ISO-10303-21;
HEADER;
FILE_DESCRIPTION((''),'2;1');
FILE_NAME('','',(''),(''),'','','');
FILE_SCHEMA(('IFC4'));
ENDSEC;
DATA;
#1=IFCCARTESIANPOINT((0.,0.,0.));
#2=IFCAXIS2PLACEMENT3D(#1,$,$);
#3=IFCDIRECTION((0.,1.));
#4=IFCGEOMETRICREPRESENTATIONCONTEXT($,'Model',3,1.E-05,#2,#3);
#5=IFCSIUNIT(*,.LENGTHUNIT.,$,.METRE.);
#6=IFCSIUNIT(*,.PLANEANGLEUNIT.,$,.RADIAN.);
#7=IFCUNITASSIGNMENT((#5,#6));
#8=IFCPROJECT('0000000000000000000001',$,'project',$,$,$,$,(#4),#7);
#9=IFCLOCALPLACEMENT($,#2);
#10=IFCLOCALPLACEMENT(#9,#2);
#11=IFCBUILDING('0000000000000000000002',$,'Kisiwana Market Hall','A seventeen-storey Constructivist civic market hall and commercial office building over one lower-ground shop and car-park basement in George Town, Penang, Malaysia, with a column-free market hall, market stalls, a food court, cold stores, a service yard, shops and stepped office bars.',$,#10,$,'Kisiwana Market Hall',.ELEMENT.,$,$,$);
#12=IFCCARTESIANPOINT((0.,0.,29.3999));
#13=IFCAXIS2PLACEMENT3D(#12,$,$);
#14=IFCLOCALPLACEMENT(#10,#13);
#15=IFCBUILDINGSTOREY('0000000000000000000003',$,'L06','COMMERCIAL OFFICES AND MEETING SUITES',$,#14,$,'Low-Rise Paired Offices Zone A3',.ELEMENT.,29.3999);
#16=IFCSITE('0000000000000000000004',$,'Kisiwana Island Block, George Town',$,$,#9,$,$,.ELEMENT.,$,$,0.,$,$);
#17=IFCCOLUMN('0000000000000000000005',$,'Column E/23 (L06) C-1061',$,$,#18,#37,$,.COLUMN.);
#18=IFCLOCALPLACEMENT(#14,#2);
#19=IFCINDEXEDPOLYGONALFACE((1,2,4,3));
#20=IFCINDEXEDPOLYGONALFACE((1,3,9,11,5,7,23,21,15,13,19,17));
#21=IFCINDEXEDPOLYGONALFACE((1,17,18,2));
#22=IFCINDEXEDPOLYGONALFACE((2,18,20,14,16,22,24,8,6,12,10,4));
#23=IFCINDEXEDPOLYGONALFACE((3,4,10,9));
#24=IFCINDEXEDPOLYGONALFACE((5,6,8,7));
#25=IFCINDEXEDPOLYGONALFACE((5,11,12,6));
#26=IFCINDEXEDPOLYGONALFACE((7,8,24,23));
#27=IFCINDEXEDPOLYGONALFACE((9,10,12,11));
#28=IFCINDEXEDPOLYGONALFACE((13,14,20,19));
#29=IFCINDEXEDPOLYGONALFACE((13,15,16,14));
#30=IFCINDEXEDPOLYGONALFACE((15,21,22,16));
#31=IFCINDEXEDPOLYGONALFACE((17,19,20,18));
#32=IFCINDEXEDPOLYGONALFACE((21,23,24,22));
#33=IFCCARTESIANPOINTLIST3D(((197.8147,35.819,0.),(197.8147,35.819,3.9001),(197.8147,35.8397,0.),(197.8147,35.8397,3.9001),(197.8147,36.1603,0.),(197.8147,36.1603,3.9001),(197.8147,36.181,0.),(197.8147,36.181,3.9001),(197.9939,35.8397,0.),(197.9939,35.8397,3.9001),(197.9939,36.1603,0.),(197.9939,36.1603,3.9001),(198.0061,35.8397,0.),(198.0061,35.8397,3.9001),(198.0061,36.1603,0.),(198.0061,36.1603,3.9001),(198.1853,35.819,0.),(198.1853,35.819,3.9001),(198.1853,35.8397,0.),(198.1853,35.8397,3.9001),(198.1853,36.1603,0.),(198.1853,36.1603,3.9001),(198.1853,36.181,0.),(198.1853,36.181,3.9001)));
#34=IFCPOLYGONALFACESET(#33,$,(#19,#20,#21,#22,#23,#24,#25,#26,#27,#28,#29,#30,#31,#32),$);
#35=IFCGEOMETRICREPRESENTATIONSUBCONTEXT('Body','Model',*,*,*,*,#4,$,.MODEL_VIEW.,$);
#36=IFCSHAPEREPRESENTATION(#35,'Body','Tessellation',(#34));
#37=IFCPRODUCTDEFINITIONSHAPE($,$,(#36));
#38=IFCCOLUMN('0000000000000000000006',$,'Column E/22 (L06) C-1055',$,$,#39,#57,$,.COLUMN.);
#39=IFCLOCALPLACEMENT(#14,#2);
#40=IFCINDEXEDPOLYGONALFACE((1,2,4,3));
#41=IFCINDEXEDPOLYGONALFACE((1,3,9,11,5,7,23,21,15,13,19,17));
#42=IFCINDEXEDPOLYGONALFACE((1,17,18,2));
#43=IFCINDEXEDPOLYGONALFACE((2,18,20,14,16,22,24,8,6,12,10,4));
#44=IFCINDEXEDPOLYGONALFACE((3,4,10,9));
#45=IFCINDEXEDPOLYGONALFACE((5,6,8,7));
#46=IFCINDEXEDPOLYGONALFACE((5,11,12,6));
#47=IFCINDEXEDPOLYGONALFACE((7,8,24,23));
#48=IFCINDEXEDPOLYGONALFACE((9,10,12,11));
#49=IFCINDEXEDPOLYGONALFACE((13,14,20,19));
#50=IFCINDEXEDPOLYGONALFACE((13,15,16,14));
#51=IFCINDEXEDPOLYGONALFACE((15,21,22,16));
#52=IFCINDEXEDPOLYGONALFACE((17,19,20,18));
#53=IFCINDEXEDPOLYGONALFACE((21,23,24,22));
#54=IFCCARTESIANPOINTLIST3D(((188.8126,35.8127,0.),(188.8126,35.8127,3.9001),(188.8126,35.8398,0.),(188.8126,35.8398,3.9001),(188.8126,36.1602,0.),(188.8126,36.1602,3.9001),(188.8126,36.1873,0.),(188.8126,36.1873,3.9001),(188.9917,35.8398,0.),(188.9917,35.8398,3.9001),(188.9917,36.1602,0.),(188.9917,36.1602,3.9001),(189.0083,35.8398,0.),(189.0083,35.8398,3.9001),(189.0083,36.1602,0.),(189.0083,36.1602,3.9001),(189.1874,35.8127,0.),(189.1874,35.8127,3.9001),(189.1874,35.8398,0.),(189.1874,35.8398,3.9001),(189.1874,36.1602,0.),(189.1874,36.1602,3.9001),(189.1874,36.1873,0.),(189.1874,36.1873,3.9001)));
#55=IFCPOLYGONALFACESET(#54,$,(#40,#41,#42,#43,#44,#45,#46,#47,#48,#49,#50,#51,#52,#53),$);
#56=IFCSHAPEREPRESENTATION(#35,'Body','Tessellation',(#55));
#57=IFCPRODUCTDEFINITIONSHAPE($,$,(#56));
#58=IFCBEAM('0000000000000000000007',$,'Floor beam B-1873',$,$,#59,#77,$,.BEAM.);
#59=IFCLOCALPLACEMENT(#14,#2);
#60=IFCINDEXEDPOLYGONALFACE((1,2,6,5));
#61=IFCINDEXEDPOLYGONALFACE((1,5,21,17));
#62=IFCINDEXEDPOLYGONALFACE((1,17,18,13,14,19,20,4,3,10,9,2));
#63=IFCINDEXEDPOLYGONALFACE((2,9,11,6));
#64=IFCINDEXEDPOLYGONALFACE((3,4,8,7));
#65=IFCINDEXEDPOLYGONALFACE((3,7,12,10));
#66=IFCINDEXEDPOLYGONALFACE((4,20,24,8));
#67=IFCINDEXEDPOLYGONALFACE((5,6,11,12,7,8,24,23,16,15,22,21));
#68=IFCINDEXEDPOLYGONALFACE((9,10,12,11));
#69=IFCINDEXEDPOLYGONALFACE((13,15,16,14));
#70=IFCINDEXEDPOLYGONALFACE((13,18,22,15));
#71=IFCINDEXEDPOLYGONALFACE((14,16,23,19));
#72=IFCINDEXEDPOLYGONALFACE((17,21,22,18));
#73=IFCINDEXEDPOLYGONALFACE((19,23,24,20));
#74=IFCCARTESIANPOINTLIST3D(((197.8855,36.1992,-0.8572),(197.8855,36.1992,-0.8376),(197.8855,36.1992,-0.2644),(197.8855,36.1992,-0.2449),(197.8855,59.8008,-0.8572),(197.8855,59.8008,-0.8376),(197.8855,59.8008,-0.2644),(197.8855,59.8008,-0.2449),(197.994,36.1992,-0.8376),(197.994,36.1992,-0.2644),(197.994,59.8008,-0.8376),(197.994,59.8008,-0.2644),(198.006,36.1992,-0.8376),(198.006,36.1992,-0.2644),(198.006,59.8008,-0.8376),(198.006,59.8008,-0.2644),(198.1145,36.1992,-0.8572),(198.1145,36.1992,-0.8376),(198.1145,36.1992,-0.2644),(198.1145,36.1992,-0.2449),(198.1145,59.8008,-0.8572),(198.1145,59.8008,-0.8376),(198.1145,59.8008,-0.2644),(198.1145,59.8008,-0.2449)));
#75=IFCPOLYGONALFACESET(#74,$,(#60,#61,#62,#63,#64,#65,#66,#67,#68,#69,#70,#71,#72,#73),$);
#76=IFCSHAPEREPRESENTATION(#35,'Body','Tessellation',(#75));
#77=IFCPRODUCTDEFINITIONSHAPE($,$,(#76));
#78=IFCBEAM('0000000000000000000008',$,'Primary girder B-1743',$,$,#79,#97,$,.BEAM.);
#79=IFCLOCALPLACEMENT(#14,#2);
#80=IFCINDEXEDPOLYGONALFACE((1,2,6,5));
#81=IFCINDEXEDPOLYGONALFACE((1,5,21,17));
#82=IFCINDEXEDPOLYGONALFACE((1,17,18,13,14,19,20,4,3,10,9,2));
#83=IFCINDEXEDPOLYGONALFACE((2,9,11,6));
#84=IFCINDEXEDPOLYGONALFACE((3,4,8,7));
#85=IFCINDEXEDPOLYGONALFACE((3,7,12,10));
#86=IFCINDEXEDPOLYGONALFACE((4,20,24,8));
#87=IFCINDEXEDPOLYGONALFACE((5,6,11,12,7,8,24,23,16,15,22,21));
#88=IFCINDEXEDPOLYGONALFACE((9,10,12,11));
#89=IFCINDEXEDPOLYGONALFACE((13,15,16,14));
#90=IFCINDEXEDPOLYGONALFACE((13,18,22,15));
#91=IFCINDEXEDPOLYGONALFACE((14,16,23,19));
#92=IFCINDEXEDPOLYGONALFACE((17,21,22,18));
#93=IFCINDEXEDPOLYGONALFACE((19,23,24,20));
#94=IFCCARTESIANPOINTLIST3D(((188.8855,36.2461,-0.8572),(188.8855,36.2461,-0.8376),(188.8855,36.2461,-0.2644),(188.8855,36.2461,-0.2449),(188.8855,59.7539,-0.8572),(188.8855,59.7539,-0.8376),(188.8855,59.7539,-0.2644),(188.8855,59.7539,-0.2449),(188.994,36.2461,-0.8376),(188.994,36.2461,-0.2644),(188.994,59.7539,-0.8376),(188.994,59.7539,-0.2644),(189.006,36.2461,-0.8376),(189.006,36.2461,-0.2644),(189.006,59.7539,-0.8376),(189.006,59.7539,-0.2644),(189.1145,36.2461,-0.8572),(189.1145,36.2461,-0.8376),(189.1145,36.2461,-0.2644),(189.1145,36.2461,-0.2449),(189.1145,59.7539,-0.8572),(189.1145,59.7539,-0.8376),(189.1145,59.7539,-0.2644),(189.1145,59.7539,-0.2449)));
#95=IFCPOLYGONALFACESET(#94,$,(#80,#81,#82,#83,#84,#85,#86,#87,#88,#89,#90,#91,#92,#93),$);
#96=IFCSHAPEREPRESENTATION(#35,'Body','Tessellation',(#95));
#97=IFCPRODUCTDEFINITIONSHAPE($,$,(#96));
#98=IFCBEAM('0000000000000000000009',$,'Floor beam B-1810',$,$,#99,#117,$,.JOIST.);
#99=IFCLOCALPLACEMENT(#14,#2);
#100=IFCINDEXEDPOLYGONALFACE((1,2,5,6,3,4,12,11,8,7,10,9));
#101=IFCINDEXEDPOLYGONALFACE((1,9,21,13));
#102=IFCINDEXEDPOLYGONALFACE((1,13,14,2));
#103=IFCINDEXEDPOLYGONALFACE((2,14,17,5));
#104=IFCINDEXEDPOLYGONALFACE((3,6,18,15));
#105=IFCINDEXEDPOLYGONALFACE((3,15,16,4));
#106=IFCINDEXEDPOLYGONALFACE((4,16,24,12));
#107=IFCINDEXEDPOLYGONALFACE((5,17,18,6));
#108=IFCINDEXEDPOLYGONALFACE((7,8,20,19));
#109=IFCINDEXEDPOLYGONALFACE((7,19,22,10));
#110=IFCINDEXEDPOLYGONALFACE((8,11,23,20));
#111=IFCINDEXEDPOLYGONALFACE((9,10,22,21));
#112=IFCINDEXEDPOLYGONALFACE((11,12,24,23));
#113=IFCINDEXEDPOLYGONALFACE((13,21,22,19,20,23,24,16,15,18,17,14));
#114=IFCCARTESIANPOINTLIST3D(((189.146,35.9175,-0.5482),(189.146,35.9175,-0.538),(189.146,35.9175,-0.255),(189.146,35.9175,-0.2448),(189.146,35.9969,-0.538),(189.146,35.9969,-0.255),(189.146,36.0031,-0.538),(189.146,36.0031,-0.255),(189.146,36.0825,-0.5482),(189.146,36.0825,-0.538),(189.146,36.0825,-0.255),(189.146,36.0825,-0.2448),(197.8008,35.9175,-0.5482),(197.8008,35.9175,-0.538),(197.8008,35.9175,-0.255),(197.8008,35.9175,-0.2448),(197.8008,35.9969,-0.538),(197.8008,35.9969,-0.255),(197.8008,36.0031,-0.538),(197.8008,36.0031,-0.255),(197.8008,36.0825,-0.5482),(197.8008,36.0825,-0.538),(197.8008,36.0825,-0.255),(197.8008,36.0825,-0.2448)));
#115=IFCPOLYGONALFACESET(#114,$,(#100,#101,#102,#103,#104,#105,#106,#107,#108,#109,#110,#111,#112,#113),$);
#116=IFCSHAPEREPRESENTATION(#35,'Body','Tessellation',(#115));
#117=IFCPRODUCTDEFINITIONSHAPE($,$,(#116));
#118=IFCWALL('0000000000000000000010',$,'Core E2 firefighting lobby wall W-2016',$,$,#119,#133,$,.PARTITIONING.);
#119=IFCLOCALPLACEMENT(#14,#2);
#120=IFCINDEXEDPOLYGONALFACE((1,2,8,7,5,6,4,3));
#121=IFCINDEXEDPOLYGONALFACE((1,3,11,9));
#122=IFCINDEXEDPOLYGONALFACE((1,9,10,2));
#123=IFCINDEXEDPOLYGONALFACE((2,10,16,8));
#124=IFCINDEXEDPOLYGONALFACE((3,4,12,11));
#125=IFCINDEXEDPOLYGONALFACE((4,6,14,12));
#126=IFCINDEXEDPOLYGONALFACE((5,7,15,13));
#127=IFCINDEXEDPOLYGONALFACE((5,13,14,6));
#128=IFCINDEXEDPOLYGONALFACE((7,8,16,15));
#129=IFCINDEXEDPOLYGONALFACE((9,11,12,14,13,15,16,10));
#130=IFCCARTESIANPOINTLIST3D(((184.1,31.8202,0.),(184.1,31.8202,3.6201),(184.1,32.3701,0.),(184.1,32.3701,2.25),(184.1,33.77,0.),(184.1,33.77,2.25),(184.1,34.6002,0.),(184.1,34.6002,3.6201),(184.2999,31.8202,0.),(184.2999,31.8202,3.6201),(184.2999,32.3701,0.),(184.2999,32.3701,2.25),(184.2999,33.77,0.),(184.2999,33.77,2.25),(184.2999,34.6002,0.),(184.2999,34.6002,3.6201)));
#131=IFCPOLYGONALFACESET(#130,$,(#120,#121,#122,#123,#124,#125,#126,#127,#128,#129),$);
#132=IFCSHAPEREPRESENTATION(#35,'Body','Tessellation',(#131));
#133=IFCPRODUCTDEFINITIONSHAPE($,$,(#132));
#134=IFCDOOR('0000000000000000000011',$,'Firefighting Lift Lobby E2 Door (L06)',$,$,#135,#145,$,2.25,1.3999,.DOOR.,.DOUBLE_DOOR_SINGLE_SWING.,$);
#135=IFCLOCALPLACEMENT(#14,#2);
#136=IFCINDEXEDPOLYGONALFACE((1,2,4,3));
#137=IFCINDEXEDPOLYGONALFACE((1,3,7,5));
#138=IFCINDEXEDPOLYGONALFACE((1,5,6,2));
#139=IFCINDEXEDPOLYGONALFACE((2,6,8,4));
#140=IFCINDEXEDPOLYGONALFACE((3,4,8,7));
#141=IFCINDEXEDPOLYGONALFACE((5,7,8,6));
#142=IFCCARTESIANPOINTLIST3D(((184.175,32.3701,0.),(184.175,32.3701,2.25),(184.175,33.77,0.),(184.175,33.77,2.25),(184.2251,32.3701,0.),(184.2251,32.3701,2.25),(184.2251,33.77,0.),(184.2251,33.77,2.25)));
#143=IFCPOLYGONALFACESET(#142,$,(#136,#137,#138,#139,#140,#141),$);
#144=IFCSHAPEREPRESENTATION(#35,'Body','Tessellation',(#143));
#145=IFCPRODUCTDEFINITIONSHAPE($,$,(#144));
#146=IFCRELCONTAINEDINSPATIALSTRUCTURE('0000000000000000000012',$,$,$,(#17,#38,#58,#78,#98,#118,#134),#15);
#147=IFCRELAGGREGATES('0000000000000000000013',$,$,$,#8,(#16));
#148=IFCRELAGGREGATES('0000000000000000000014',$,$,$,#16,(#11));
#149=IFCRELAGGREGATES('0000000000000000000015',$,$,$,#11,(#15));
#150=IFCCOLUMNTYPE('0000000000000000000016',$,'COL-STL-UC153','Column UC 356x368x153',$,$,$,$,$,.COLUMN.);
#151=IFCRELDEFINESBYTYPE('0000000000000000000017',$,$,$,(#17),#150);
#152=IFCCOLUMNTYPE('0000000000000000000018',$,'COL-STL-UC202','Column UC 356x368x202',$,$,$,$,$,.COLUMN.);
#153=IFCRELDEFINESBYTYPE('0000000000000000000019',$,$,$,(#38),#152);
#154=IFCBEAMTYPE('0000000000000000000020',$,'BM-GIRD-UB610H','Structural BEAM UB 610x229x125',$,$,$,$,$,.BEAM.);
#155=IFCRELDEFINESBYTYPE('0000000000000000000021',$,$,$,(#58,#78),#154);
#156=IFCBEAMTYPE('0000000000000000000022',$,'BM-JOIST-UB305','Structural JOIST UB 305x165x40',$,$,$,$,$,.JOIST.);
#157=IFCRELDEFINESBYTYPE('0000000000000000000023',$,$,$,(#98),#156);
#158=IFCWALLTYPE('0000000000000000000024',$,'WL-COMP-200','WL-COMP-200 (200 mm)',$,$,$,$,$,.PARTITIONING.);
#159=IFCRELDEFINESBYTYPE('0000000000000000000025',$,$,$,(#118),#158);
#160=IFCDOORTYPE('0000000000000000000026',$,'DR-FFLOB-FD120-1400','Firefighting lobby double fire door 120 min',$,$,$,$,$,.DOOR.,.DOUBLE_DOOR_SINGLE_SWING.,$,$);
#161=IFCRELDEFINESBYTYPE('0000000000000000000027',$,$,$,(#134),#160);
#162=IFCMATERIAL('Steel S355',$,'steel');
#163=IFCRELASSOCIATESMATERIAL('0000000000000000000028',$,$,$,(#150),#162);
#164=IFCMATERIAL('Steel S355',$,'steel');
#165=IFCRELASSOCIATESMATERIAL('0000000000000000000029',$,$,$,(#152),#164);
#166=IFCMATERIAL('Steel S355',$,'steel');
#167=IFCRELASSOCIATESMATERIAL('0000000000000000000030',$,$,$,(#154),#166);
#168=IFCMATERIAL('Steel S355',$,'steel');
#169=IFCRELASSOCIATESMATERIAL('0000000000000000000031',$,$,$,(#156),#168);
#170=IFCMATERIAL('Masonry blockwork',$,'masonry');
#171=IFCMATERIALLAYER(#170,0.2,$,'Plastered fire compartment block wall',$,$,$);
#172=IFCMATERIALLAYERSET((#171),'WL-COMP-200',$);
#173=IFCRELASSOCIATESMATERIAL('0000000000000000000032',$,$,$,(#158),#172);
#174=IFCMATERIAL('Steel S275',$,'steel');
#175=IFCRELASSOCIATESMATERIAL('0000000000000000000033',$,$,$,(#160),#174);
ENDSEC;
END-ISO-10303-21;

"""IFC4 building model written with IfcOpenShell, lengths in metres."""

from ifc_helpers import new_model, si_unit, direction, frame, frame_2d, origin, origin_2d, place, context, subcontext, project, spatial, rectangle, i_section, extrude, material, layer, layer_set, material_profile, profile_set, type_object, element, fill, save


model = new_model("IFC4")

# Units and contexts
model_context = context("Model", 3, precision=1e-05, world=origin(), true_north=direction((0.0, 1.0)))
body_context = subcontext(model_context, "Body", "Model", "MODEL_VIEW")
ifc_project = project(units=[si_unit("LENGTHUNIT", "METRE"), si_unit("PLANEANGLEUNIT", "RADIAN")], contexts=[model_context])

# Site, building, storey
site_placement = place(None, origin())
site = spatial("IfcSite", under=ifc_project, at=site_placement, Name="Kisiwana Island Block, George Town", CompositionType="ELEMENT", RefElevation=0.0)
building_placement = place(site_placement, origin())
building = spatial("IfcBuilding", under=site, at=building_placement, Name="Kisiwana Market Hall", Description="A seventeen-storey Constructivist civic market hall and commercial office building over one lower-ground shop and car-park basement in George Town, Penang, Malaysia, with a column-free market hall, market stalls, a food court, cold stores, a service yard, shops and stepped office bars.", LongName="Kisiwana Market Hall", CompositionType="ELEMENT")
storey_placement = place(building_placement, frame((0.0, 0.0, 29.3999)))
storey = spatial("IfcBuildingStorey", under=building, at=storey_placement, Name="L06", Description="COMMERCIAL OFFICES AND MEETING SUITES", LongName="Low-Rise Paired Offices Zone A3", CompositionType="ELEMENT", Elevation=29.3999)

# Columns
ifc_material_1 = material(Name="Steel S355", Category="steel")
ifc_material_profile_1 = material_profile(ifc_material_1, i_section(OverallWidth=0.3706, OverallDepth=0.3621, WebThickness=0.0122, FlangeThickness=0.0208, at=origin_2d()), Name="UC 356x368x153")
ifc_profile_set_1 = profile_set([ifc_material_profile_1], Name="Steel S355")
column_type_1 = type_object("IfcColumnType", Name="COL-STL-UC153", Description="Column UC 356x368x153", PredefinedType="COLUMN", material=ifc_profile_set_1)
column_1_placement = place(storey_placement, frame((198.0, 36.0, 0.0), z_axis=(0.0, 0.0, 1.0), x_axis=(1.0, 0.0, 0.0)))
element("IfcColumn", 1, at=column_1_placement, inside=storey, type_object=column_type_1, Name="Column E/23 (L06) C-1061", PredefinedType="COLUMN", context=body_context, shape_type="SweptSolid", body=[
    extrude(i_section(OverallWidth=0.3706, OverallDepth=0.3621, WebThickness=0.0122, FlangeThickness=0.0208, at=origin_2d()), origin(), (0.0, 0.0, 1.0), 3.9001),
])
ifc_material_2 = material(Name="Steel S355", Category="steel")
ifc_material_profile_2 = material_profile(ifc_material_2, i_section(OverallWidth=0.3748, OverallDepth=0.3745, WebThickness=0.0166, FlangeThickness=0.0271, at=origin_2d()), Name="UC 356x368x202")
ifc_profile_set_2 = profile_set([ifc_material_profile_2], Name="Steel S355")
column_type_2 = type_object("IfcColumnType", Name="COL-STL-UC202", Description="Column UC 356x368x202", PredefinedType="COLUMN", material=ifc_profile_set_2)
column_2_placement = place(storey_placement, frame((189.0, 36.0, 0.0), z_axis=(0.0, 0.0, 1.0), x_axis=(1.0, 0.0, 0.0)))
element("IfcColumn", 2, at=column_2_placement, inside=storey, type_object=column_type_2, Name="Column E/22 (L06) C-1055", PredefinedType="COLUMN", context=body_context, shape_type="SweptSolid", body=[
    extrude(i_section(OverallWidth=0.3748, OverallDepth=0.3745, WebThickness=0.0166, FlangeThickness=0.0271, at=origin_2d()), origin(), (0.0, 0.0, 1.0), 3.9001),
])

# Beams
ifc_material_3 = material(Name="Steel S355", Category="steel")
ifc_material_profile_3 = material_profile(ifc_material_3, i_section(OverallWidth=0.229, OverallDepth=0.6123, WebThickness=0.012, FlangeThickness=0.0195, at=origin_2d()), Name="UB 610x229x125")
ifc_profile_set_3 = profile_set([ifc_material_profile_3], Name="Steel S355")
beam_type_1 = type_object("IfcBeamType", Name="BM-GIRD-UB610H", Description="Structural BEAM UB 610x229x125", PredefinedType="BEAM", material=ifc_profile_set_3)
beam_1_placement = place(storey_placement, frame((198.0, 36.1992, -0.551), z_axis=(0.0, 1.0, 0.0), x_axis=(-1.0, 0.0, 0.0)))
element("IfcBeam", 3, at=beam_1_placement, inside=storey, type_object=beam_type_1, Name="Floor beam B-1873", PredefinedType="BEAM", context=body_context, shape_type="SweptSolid", body=[
    extrude(i_section(OverallWidth=0.229, OverallDepth=0.6123, WebThickness=0.012, FlangeThickness=0.0195, at=origin_2d()), origin(), (0.0, 0.0, 1.0), 23.6016),
])
beam_2_placement = place(storey_placement, frame((189.0, 36.2461, -0.551), z_axis=(0.0, 1.0, 0.0), x_axis=(-1.0, 0.0, 0.0)))
element("IfcBeam", 4, at=beam_2_placement, inside=storey, type_object=beam_type_1, Name="Primary girder B-1743", PredefinedType="BEAM", context=body_context, shape_type="SweptSolid", body=[
    extrude(i_section(OverallWidth=0.229, OverallDepth=0.6123, WebThickness=0.012, FlangeThickness=0.0195, at=origin_2d()), origin(), (0.0, 0.0, 1.0), 23.5078),
])
ifc_material_4 = material(Name="Steel S355", Category="steel")
ifc_material_profile_4 = material_profile(ifc_material_4, i_section(OverallWidth=0.165, OverallDepth=0.3035, WebThickness=0.0061, FlangeThickness=0.0103, at=origin_2d()), Name="UB 305x165x40")
ifc_profile_set_4 = profile_set([ifc_material_profile_4], Name="Steel S355")
beam_type_2 = type_object("IfcBeamType", Name="BM-JOIST-UB305", Description="Structural JOIST UB 305x165x40", PredefinedType="JOIST", material=ifc_profile_set_4)
beam_3_placement = place(storey_placement, frame((189.146, 36.0, -0.3965), z_axis=(1.0, 0.0, 0.0), x_axis=(0.0, 1.0, 0.0)))
element("IfcBeam", 5, at=beam_3_placement, inside=storey, type_object=beam_type_2, Name="Floor beam B-1810", PredefinedType="JOIST", context=body_context, shape_type="SweptSolid", body=[
    extrude(i_section(OverallWidth=0.165, OverallDepth=0.3035, WebThickness=0.0061, FlangeThickness=0.0103, at=origin_2d()), origin(), (0.0, 0.0, 1.0), 8.6548),
])

# Wall, opening, door
ifc_material_5 = material(Name="Masonry blockwork", Category="masonry")
ifc_layer_1 = layer(ifc_material_5, 0.2, Name="Plastered fire compartment block wall")
ifc_layer_set_1 = layer_set([ifc_layer_1], Name="WL-COMP-200")
wall_type_1 = type_object("IfcWallType", Name="WL-COMP-200", Description="WL-COMP-200 (200 mm)", PredefinedType="PARTITIONING", material=ifc_layer_set_1)
wall_1_placement = place(storey_placement, frame((184.2, 31.8201, 0.0), z_axis=(0.0, 0.0, 1.0), x_axis=(0.0, 1.0, 0.0)))
wall_1 = element("IfcWall", 6, at=wall_1_placement, inside=storey, type_object=wall_type_1, Name="Core E2 firefighting lobby wall W-2016", PredefinedType="PARTITIONING", context=body_context, shape_type="SweptSolid", body=[
    extrude(rectangle(XDim=2.78, YDim=0.2, at=frame_2d((1.3901, 0.0))), origin(), (0.0, 0.0, 1.0), 3.6201),
])
opening_1_placement = place(wall_1_placement, frame((0.55, 0.0, 0.0)))
opening_1 = element("IfcOpeningElement", 7, at=opening_1_placement, cuts=wall_1, PredefinedType="OPENING", context=body_context, shape_type="SweptSolid", body=[
    extrude(rectangle(XDim=1.3999, YDim=2.25, at=frame_2d((0.7, 1.125))), frame((0.0, 0.1118, 0.0), z_axis=(0.0, -1.0, 0.0), x_axis=(1.0, 0.0, 0.0)), (0.0, 0.0, 1.0), 0.2239),
])
ifc_material_6 = material(Name="Steel S275", Category="steel")
door_type_1 = type_object("IfcDoorType", Name="DR-FFLOB-FD120-1400", Description="Firefighting lobby double fire door 120 min", OperationType="DOUBLE_DOOR_SINGLE_SWING", PredefinedType="DOOR", material=ifc_material_6)
door_1_placement = place(opening_1_placement, origin())
door_1 = element("IfcDoor", 8, at=door_1_placement, inside=storey, type_object=door_type_1, Name="Firefighting Lift Lobby E2 Door (L06)", OperationType="DOUBLE_DOOR_SINGLE_SWING", OverallHeight=2.25, OverallWidth=1.3999, PredefinedType="DOOR", context=body_context, shape_type="SweptSolid", body=[
    extrude(rectangle(XDim=1.3999, YDim=2.25, at=frame_2d((0.7, 1.125))), frame((0.0, 0.0249, 0.0), z_axis=(0.0, -1.0, 0.0), x_axis=(1.0, 0.0, 0.0)), (0.0, 0.0, 1.0), 0.05),
])
fill(opening_1, door_1)

save(model, "model.ifc")
